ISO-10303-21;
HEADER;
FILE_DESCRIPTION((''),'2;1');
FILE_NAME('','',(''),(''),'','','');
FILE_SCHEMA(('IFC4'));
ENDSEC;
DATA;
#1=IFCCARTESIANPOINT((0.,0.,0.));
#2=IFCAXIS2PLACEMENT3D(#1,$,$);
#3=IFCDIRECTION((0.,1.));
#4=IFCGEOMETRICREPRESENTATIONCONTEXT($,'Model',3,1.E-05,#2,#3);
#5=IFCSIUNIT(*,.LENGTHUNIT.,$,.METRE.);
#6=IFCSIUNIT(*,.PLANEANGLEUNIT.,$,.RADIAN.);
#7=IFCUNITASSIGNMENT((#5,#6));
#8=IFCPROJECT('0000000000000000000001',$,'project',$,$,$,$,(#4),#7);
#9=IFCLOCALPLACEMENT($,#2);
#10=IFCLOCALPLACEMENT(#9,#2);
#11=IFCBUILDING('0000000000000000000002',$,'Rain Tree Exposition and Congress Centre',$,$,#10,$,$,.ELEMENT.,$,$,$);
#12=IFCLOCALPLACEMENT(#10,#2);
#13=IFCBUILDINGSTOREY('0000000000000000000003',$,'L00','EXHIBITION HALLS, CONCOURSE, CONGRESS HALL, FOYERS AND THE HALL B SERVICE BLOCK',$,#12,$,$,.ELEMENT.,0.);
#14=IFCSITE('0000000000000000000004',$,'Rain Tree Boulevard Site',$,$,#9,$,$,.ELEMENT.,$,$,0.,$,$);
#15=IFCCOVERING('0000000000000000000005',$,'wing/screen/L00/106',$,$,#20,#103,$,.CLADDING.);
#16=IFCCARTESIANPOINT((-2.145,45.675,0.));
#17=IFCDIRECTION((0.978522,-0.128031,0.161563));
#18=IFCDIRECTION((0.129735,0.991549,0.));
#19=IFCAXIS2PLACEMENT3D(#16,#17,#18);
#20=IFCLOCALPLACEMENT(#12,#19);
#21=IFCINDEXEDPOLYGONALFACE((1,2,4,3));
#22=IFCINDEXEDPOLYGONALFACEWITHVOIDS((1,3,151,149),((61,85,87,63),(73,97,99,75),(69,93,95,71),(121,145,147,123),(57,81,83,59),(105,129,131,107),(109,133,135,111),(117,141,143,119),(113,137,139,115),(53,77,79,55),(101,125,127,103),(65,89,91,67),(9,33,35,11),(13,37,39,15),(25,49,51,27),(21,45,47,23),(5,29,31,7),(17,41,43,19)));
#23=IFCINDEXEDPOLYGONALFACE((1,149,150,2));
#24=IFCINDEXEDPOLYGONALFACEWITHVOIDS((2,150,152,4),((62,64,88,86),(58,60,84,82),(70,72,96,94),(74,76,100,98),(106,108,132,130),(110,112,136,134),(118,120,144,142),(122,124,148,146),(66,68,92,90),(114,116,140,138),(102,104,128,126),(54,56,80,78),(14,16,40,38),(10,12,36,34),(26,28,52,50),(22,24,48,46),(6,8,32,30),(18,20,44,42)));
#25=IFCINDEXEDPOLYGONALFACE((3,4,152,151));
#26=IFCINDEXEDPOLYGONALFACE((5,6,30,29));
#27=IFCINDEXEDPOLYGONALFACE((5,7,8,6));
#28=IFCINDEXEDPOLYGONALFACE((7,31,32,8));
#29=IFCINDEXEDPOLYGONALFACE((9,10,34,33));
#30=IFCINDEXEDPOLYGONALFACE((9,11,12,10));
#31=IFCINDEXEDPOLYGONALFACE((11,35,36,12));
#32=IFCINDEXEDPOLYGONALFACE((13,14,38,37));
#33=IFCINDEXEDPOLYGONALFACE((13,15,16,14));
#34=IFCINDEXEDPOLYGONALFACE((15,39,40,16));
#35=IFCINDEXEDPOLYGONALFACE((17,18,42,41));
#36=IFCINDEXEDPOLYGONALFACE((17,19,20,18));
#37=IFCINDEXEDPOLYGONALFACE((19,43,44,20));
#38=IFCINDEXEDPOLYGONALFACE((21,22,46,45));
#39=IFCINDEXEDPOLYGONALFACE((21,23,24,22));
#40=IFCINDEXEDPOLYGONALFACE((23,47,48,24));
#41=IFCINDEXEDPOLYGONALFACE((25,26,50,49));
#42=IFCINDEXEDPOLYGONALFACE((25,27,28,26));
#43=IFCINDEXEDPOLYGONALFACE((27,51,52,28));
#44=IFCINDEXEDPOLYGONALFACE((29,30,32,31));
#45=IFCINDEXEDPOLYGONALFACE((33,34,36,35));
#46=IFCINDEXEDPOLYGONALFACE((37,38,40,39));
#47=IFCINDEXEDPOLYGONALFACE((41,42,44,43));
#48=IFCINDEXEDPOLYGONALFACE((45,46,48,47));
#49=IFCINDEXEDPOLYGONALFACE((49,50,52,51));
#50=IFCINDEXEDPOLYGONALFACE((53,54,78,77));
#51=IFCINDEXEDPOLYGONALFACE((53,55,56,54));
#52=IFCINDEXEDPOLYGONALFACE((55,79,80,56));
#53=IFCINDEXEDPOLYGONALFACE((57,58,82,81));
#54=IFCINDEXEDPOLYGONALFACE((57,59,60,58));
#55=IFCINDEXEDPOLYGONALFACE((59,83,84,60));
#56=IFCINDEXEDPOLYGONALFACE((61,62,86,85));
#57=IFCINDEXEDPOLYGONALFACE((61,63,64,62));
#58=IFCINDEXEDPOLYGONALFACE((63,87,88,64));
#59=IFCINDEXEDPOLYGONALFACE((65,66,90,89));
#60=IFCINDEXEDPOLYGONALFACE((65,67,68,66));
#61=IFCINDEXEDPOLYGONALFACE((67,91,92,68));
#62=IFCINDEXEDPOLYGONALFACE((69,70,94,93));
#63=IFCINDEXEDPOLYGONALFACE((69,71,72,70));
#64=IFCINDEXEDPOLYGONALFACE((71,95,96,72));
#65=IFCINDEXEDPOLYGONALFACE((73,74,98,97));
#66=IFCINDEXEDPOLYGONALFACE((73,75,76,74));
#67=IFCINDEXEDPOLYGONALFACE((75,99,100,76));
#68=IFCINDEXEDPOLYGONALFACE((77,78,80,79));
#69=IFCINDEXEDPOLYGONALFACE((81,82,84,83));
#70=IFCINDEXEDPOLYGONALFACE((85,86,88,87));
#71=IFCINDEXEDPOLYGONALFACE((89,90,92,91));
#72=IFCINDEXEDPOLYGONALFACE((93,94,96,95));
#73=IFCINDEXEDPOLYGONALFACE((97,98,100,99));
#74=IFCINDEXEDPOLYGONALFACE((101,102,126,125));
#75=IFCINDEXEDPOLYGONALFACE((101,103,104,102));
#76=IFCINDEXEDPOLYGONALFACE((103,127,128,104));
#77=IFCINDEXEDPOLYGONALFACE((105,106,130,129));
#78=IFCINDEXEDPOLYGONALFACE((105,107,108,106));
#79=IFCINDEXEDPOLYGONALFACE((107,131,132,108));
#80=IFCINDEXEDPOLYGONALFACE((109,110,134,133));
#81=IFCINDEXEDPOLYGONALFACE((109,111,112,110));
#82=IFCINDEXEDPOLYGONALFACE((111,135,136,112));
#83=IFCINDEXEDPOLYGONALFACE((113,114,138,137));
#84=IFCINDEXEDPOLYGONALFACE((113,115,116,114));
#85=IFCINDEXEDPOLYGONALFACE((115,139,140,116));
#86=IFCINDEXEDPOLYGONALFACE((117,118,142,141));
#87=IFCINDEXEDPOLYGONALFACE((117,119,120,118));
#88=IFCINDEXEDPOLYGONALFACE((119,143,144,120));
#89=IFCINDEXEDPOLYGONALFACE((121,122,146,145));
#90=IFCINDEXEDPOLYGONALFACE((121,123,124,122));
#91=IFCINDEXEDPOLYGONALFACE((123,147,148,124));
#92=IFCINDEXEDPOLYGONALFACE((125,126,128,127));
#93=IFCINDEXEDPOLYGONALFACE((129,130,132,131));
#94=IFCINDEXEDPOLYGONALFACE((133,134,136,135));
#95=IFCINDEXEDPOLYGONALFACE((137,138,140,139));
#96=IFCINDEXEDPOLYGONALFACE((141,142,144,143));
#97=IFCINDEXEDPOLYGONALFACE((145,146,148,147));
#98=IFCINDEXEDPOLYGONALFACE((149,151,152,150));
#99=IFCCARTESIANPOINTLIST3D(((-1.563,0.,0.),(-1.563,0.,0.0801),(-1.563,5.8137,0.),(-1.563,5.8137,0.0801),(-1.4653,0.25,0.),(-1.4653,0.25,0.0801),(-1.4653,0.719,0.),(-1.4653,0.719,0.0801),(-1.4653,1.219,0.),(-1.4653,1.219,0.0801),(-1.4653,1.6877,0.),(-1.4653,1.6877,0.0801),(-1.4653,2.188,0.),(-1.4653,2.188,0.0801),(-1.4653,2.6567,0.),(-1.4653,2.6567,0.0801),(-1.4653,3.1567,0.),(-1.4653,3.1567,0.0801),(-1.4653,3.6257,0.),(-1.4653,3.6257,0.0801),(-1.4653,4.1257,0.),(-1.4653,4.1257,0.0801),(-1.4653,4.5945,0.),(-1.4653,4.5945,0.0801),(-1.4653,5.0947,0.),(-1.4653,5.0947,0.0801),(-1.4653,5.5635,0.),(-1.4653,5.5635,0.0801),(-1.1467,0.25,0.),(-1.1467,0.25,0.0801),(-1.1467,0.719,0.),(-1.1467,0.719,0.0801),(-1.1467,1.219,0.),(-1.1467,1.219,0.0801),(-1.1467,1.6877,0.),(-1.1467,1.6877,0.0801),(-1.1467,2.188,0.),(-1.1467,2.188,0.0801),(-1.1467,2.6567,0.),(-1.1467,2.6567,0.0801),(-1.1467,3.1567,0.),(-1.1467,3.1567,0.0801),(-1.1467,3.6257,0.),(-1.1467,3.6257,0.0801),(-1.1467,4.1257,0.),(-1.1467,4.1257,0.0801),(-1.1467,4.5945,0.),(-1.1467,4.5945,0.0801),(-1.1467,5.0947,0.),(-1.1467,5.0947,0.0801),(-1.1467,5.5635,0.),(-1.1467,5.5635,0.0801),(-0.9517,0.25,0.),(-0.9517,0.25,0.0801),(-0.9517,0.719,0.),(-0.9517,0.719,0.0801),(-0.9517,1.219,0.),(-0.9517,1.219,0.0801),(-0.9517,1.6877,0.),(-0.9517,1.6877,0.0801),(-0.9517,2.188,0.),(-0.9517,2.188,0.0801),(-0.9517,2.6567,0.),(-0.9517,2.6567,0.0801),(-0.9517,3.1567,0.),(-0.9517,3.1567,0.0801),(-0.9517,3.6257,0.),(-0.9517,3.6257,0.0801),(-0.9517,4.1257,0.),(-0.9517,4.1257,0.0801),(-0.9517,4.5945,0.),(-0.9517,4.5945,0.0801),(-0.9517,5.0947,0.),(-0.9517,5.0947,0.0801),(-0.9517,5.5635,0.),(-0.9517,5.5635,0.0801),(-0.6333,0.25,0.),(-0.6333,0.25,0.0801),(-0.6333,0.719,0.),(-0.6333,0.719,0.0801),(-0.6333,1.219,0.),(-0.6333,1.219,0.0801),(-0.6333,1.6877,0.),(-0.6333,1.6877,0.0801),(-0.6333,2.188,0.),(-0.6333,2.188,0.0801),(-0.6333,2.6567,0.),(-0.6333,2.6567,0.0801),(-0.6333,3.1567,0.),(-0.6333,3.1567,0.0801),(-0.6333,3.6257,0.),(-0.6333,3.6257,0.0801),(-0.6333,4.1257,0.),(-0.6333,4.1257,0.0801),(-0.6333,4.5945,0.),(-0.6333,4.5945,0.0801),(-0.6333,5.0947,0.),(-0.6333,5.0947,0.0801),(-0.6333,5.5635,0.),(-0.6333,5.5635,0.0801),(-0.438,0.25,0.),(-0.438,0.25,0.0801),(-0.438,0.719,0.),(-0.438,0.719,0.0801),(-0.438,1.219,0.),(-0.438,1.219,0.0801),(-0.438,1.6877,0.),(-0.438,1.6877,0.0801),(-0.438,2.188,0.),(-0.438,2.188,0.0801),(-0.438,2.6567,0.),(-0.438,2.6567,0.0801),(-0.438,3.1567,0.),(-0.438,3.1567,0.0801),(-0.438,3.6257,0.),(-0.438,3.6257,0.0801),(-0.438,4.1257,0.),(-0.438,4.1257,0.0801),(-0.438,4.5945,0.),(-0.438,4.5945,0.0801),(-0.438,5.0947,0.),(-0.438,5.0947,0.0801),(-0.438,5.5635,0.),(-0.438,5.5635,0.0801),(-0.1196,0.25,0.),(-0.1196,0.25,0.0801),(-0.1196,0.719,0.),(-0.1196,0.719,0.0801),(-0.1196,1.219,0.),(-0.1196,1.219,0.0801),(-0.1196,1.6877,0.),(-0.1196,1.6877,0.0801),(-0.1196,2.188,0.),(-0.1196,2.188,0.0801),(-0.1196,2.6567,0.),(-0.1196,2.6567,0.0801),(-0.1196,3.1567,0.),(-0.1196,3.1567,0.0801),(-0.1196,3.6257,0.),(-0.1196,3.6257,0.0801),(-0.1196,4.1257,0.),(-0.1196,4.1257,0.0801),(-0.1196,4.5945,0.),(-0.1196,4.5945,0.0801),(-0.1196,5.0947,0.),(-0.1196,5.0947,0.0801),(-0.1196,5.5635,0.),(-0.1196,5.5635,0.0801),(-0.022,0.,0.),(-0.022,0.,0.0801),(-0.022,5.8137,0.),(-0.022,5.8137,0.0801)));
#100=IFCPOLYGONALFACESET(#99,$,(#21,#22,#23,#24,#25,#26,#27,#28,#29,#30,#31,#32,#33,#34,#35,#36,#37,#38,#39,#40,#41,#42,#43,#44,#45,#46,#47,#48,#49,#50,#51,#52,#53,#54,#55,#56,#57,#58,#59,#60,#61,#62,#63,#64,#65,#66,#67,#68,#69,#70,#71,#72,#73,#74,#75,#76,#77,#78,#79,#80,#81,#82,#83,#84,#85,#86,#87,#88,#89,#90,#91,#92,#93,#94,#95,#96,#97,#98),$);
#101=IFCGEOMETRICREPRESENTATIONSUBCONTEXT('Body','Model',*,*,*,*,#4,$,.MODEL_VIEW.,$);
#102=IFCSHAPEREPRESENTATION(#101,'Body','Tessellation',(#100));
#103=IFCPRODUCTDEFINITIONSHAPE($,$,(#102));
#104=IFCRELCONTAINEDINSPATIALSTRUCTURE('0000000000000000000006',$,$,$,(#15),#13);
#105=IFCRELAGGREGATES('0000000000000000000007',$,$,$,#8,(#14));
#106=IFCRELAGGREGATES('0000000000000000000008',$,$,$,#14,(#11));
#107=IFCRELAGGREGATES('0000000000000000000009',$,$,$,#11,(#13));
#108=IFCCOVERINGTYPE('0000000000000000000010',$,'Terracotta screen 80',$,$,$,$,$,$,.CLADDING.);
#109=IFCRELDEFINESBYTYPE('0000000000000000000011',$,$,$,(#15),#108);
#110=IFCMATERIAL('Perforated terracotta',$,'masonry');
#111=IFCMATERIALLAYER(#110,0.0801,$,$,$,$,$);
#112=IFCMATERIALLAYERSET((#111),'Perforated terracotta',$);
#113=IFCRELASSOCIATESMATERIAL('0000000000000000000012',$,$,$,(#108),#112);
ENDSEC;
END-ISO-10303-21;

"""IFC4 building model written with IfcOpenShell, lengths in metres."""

from ifc_helpers import new_model, si_unit, direction, frame, origin, place, context, subcontext, project, spatial, polyline, outline, extrude, material, layer, layer_set, type_object, element, save


model = new_model("IFC4")

# Units and contexts
model_context = context("Model", 3, precision=1e-05, world=origin(), true_north=direction((0.0, 1.0)))
body_context = subcontext(model_context, "Body", "Model", "MODEL_VIEW")
ifc_project = project(units=[si_unit("LENGTHUNIT", "METRE"), si_unit("PLANEANGLEUNIT", "RADIAN")], contexts=[model_context])

# Site, building, storey
site_placement = place(None, origin())
site = spatial("IfcSite", under=ifc_project, at=site_placement, Name="Rain Tree Boulevard Site", CompositionType="ELEMENT", RefElevation=0.0)
building_placement = place(site_placement, origin())
building = spatial("IfcBuilding", under=site, at=building_placement, Name="Rain Tree Exposition and Congress Centre", CompositionType="ELEMENT")
storey_placement = place(building_placement, origin())
storey = spatial("IfcBuildingStorey", under=building, at=storey_placement, Name="L00", Description="EXHIBITION HALLS, CONCOURSE, CONGRESS HALL, FOYERS AND THE HALL B SERVICE BLOCK", CompositionType="ELEMENT", Elevation=0.0)

# Covering
ifc_material_1 = material(Name="Perforated terracotta", Category="masonry")
ifc_layer_1 = layer(ifc_material_1, 0.0801)
ifc_layer_set_1 = layer_set([ifc_layer_1], Name="Perforated terracotta")
covering_type = type_object("IfcCoveringType", Name="Terracotta screen 80", PredefinedType="CLADDING", material=ifc_layer_set_1)
covering_1_placement = place(storey_placement, frame((-2.145, 45.675, 0.0), z_axis=(0.978522, -0.128031, 0.161563), x_axis=(0.129735, 0.991549, 0.0)))
element("IfcCovering", 1, at=covering_1_placement, inside=storey, type_object=covering_type, Name="wing/screen/L00/106", PredefinedType="CLADDING", context=body_context, shape_type="SweptSolid", body=[
    extrude(outline(polyline([(-1.563, 0.0), (-1.563, 5.8137), (-0.022, 5.8137), (-0.022, 0.0), (-1.563, 0.0)]), holes=[polyline([(-0.1196, 0.25), (-0.1196, 0.719), (-0.438, 0.719), (-0.438, 0.25), (-0.1196, 0.25)]), polyline([(-0.1196, 1.219), (-0.1196, 1.6877), (-0.438, 1.6877), (-0.438, 1.219), (-0.1196, 1.219)]), polyline([(-0.1196, 2.188), (-0.1196, 2.6567), (-0.438, 2.6567), (-0.438, 2.188), (-0.1196, 2.188)]), polyline([(-0.1196, 3.1567), (-0.1196, 3.6257), (-0.438, 3.6257), (-0.438, 3.1567), (-0.1196, 3.1567)]), polyline([(-0.1196, 4.1257), (-0.1196, 4.5945), (-0.438, 4.5945), (-0.438, 4.1257), (-0.1196, 4.1257)]), polyline([(-0.1196, 5.0947), (-0.1196, 5.5635), (-0.438, 5.5635), (-0.438, 5.0947), (-0.1196, 5.0947)]), polyline([(-0.6333, 0.25), (-0.6333, 0.719), (-0.9517, 0.719), (-0.9517, 0.25), (-0.6333, 0.25)]), polyline([(-0.6333, 1.219), (-0.6333, 1.6877), (-0.9517, 1.6877), (-0.9517, 1.219), (-0.6333, 1.219)]), polyline([(-0.6333, 2.188), (-0.6333, 2.6567), (-0.9517, 2.6567), (-0.9517, 2.188), (-0.6333, 2.188)]), polyline([(-0.6333, 3.1567), (-0.6333, 3.6257), (-0.9517, 3.6257), (-0.9517, 3.1567), (-0.6333, 3.1567)]), polyline([(-0.6333, 4.1257), (-0.6333, 4.5945), (-0.9517, 4.5945), (-0.9517, 4.1257), (-0.6333, 4.1257)]), polyline([(-0.6333, 5.0947), (-0.6333, 5.5635), (-0.9517, 5.5635), (-0.9517, 5.0947), (-0.6333, 5.0947)]), polyline([(-1.1467, 0.25), (-1.1467, 0.719), (-1.4653, 0.719), (-1.4653, 0.25), (-1.1467, 0.25)]), polyline([(-1.1467, 1.219), (-1.1467, 1.6877), (-1.4653, 1.6877), (-1.4653, 1.219), (-1.1467, 1.219)]), polyline([(-1.1467, 2.188), (-1.1467, 2.6567), (-1.4653, 2.6567), (-1.4653, 2.188), (-1.1467, 2.188)]), polyline([(-1.1467, 3.1567), (-1.1467, 3.6257), (-1.4653, 3.6257), (-1.4653, 3.1567), (-1.1467, 3.1567)]), polyline([(-1.1467, 4.1257), (-1.1467, 4.5945), (-1.4653, 4.5945), (-1.4653, 4.1257), (-1.1467, 4.1257)]), polyline([(-1.1467, 5.0947), (-1.1467, 5.5635), (-1.4653, 5.5635), (-1.4653, 5.0947), (-1.1467, 5.0947)])]), origin(), (0.0, 0.0, 1.0), 0.0801),
])

save(model, "model.ifc")
